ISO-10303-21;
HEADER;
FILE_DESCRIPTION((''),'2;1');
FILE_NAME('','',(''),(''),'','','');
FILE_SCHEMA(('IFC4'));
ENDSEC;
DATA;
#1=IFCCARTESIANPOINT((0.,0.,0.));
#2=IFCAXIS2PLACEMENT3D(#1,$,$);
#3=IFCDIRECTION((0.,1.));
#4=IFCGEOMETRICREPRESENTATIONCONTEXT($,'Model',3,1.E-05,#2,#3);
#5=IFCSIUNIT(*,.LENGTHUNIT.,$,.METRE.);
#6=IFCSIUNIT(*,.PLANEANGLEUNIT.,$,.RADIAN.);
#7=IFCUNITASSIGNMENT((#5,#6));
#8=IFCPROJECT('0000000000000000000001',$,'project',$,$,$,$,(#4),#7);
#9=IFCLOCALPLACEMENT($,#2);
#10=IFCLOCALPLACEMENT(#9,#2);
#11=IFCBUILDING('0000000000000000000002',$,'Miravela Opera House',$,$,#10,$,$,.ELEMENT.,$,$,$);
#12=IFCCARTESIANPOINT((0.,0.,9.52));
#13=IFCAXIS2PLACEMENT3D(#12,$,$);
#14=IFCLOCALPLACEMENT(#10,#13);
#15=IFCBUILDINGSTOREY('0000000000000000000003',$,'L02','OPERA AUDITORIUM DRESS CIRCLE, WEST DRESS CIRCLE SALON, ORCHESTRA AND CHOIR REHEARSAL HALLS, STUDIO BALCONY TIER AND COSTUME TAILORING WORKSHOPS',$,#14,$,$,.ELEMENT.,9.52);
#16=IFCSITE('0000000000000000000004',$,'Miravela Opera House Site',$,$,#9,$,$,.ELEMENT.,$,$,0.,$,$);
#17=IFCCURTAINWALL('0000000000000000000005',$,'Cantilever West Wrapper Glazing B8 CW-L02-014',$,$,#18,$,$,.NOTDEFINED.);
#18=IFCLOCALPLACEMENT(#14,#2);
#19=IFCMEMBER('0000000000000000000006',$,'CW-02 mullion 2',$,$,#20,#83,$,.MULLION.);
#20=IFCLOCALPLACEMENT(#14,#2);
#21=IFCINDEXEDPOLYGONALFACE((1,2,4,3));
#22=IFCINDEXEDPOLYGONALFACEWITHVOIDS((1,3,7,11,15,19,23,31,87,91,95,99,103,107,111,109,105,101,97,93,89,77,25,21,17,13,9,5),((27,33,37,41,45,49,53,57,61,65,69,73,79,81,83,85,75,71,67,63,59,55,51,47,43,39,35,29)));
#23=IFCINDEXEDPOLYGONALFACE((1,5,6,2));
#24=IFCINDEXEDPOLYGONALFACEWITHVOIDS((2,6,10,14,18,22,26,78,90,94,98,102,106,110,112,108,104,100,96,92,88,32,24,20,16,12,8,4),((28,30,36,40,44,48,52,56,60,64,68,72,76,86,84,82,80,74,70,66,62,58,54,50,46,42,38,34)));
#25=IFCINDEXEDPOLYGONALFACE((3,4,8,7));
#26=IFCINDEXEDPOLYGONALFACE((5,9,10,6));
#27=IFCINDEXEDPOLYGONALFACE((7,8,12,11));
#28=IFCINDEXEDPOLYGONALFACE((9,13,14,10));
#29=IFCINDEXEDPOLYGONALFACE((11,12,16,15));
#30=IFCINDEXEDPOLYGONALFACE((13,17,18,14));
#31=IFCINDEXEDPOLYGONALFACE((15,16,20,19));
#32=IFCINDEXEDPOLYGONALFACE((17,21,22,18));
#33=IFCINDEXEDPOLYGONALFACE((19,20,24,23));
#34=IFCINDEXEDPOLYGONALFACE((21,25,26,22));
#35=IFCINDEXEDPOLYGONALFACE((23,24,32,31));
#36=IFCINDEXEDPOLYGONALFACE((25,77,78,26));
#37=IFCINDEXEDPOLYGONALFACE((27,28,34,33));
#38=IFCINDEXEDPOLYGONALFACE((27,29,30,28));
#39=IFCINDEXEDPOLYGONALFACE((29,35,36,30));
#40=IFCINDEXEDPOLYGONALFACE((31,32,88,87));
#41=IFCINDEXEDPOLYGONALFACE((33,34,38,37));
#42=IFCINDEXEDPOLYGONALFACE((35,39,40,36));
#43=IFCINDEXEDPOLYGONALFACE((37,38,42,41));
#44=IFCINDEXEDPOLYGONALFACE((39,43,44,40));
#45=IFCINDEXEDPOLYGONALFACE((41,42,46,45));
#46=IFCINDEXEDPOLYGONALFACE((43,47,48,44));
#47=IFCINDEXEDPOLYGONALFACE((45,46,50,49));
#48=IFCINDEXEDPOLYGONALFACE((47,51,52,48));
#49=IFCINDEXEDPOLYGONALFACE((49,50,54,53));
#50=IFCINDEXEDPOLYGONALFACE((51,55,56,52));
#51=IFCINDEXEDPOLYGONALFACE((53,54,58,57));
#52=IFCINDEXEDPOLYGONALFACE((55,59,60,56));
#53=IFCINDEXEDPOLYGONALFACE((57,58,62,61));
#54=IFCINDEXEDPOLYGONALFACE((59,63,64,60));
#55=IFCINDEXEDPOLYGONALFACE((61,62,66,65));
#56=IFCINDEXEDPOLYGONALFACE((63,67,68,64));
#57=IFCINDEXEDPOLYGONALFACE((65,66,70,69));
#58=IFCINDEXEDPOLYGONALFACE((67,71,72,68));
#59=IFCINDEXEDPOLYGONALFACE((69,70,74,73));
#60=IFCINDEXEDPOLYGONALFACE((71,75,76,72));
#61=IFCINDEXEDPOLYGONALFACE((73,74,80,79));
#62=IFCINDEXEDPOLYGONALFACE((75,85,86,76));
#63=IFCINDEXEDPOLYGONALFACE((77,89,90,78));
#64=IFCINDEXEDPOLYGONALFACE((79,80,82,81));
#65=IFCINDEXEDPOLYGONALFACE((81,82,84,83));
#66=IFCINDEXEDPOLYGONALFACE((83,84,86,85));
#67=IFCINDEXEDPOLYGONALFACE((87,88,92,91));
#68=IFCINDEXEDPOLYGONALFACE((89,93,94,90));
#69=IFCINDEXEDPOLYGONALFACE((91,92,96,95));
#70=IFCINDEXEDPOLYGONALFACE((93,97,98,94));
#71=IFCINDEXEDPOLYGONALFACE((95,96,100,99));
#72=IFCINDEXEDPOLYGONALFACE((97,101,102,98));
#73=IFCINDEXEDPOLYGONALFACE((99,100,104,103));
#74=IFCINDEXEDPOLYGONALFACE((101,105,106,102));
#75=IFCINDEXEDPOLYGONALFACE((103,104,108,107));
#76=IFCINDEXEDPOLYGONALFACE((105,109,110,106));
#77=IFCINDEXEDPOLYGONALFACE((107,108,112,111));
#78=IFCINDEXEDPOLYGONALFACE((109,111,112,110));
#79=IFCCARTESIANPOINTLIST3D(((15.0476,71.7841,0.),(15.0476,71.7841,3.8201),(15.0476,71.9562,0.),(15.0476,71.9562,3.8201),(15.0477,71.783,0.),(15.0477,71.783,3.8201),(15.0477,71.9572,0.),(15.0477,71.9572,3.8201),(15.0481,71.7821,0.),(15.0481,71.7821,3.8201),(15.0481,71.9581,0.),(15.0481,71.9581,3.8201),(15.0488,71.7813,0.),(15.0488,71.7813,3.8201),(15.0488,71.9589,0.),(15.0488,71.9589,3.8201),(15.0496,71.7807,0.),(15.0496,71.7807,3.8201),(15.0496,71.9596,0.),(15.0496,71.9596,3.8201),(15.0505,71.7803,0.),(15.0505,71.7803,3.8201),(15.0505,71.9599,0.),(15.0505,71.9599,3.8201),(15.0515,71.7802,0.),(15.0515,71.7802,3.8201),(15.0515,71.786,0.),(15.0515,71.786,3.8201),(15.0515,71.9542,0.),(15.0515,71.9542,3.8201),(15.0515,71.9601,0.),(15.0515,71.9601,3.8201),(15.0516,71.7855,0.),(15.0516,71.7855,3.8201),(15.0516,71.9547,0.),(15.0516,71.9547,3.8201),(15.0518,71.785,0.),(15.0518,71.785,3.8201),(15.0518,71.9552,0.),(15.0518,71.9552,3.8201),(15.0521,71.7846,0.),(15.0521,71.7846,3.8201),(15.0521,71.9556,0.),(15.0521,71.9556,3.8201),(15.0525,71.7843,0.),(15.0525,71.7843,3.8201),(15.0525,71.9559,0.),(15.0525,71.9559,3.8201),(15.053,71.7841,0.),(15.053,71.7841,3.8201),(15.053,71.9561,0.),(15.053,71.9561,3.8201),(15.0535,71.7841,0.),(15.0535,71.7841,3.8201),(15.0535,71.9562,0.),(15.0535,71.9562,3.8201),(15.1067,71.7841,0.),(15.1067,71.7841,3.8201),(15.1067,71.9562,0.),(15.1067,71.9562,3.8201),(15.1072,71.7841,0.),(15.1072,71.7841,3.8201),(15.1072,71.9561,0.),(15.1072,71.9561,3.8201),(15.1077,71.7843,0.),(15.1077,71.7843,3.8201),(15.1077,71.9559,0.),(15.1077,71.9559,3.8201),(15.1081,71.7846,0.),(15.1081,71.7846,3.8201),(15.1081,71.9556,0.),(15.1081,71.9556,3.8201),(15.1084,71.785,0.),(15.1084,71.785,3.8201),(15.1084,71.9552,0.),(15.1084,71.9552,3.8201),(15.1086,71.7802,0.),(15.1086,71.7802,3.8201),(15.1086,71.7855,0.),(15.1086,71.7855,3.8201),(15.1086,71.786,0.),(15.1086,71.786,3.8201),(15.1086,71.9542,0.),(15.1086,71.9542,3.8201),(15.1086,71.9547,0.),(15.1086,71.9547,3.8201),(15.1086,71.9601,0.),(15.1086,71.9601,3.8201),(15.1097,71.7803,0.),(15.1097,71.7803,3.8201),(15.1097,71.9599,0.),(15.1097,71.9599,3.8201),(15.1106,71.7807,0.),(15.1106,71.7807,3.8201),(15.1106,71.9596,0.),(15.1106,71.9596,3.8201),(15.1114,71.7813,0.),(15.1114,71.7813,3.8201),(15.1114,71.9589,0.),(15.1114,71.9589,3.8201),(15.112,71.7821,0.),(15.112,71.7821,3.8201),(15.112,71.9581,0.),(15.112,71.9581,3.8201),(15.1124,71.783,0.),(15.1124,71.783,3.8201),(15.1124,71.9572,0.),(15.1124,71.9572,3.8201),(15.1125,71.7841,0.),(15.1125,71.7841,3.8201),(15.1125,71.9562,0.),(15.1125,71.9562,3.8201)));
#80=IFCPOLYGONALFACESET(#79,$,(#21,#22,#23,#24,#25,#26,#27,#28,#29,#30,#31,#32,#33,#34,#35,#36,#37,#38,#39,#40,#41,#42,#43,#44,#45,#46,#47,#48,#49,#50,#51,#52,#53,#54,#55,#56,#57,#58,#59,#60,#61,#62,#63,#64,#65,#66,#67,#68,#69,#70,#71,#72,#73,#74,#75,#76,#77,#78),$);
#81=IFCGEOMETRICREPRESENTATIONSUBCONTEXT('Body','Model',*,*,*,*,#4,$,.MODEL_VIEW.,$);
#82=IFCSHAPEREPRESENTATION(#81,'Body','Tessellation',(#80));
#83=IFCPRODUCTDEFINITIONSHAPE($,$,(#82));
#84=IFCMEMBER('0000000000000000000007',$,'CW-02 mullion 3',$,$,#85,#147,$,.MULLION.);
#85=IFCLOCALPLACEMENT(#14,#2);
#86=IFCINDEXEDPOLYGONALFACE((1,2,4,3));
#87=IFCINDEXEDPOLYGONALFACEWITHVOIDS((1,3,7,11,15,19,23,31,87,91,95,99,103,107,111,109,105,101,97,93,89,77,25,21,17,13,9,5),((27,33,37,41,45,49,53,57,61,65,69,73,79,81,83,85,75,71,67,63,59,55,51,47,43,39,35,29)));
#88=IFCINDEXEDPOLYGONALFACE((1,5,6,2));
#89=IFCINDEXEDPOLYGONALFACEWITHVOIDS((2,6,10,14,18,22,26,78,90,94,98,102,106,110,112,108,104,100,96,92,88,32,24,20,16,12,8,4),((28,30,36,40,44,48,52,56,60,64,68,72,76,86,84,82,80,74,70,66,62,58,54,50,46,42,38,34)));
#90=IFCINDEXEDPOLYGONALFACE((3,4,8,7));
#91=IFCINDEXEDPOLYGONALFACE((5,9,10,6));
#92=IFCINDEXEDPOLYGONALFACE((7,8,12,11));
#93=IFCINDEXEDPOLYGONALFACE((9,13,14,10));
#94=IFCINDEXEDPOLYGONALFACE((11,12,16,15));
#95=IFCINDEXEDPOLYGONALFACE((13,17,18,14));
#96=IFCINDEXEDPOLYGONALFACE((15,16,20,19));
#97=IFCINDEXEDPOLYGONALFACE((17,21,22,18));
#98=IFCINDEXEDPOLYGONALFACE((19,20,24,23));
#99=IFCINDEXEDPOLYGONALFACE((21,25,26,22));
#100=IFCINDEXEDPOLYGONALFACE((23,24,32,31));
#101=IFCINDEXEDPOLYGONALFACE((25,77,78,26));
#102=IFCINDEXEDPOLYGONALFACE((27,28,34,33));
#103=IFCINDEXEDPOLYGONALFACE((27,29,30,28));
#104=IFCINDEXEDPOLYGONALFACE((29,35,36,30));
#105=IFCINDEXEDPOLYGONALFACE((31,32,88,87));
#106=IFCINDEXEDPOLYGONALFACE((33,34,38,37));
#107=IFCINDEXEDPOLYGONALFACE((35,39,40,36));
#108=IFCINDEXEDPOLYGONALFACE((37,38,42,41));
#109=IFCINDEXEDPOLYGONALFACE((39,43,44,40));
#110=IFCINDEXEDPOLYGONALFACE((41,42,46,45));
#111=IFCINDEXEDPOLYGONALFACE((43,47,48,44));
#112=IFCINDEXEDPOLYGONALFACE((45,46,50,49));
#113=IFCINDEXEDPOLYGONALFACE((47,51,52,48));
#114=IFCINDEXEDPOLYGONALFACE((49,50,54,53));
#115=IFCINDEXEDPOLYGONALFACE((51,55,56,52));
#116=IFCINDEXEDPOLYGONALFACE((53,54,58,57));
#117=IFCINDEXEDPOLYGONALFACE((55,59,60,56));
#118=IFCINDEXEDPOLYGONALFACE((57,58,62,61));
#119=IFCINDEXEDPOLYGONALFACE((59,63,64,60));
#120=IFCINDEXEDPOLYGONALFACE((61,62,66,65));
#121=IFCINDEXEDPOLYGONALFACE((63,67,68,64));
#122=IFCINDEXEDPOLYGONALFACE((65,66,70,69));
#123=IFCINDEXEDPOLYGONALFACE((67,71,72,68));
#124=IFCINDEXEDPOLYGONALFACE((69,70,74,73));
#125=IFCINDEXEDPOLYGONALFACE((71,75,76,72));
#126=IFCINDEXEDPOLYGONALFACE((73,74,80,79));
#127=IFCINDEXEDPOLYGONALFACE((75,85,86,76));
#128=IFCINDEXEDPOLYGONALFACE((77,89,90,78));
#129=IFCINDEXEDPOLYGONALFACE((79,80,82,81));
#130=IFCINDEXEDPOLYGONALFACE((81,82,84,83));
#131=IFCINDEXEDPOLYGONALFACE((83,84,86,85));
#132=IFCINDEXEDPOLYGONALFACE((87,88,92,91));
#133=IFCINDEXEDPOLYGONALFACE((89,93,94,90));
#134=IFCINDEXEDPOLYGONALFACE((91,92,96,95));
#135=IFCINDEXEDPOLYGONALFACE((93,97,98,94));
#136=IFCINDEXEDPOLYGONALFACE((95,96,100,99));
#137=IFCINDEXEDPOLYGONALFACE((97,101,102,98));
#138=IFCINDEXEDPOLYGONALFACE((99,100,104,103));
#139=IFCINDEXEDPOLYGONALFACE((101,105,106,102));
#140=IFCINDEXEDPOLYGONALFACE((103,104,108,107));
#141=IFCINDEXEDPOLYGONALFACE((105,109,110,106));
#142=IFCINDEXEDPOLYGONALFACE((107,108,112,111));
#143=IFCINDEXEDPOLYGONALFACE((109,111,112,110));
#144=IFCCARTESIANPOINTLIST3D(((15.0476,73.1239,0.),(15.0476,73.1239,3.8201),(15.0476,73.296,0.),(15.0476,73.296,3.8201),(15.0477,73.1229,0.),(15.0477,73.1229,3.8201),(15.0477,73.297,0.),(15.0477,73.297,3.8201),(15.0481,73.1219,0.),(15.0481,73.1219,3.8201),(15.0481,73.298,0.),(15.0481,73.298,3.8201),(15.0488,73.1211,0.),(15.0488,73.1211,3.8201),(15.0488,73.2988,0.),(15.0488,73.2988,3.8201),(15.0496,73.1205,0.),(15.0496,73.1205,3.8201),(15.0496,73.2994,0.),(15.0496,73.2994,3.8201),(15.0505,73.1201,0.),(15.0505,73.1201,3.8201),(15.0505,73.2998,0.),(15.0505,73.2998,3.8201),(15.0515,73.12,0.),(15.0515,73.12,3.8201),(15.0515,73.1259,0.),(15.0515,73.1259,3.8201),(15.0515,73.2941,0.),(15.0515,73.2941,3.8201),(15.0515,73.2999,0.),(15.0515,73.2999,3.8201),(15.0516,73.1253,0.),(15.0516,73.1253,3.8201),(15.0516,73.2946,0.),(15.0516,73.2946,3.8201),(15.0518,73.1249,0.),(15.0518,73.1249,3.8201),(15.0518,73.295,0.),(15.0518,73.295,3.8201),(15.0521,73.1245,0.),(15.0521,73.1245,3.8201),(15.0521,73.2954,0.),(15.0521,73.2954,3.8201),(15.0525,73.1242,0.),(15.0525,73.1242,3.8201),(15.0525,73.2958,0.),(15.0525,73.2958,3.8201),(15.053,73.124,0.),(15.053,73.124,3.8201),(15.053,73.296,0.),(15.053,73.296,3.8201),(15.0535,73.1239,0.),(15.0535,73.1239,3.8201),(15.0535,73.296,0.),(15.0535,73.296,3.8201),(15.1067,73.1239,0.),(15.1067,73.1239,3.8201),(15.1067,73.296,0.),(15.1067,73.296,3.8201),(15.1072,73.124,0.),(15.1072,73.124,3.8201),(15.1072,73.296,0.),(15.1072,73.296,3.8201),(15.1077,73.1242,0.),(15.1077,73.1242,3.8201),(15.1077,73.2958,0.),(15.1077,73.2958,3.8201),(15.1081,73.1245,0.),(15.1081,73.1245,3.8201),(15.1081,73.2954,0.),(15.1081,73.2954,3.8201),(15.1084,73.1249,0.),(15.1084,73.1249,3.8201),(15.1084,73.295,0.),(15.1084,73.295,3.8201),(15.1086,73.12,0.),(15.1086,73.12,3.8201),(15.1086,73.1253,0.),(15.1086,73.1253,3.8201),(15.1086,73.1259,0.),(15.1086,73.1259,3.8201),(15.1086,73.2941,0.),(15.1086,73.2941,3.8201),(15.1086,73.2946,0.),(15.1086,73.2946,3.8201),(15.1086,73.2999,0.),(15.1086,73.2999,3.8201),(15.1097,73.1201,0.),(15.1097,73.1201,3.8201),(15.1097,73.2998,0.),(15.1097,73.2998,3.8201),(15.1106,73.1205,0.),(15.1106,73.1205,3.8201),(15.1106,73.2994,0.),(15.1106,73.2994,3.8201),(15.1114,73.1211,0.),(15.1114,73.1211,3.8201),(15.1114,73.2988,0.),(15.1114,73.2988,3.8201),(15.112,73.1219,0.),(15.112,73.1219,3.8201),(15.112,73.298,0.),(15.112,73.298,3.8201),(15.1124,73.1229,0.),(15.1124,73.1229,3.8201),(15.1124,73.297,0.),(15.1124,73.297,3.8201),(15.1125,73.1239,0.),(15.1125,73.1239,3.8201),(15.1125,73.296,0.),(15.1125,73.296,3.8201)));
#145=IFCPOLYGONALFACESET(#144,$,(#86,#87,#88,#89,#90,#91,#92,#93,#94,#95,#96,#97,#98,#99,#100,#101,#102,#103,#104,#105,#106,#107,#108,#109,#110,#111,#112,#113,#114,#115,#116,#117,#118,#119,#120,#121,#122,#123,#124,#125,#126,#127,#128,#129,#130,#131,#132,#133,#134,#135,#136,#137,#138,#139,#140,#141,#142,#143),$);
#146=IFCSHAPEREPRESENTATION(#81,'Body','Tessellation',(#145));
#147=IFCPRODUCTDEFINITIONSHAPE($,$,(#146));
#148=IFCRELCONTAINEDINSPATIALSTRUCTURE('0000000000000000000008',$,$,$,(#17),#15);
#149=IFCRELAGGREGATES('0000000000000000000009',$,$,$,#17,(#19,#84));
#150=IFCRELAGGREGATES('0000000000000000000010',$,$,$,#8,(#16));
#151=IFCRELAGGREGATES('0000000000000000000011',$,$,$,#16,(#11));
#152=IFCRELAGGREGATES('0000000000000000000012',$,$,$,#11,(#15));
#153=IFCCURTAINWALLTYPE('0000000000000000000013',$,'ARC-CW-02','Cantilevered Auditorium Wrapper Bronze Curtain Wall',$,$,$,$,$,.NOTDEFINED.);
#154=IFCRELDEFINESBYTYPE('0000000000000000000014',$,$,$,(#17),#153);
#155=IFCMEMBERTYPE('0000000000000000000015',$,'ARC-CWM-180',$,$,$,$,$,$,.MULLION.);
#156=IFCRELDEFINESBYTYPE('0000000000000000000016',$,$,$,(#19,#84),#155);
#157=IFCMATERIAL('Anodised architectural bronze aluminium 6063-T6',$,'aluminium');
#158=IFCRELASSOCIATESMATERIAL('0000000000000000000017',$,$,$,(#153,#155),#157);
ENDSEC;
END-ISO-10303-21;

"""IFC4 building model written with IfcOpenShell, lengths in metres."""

from ifc_helpers import new_model, si_unit, direction, frame, origin, origin_2d, place, context, subcontext, project, spatial, hollow_rectangle, extrude, material, material_profile, profile_set, type_object, element, aggregate, save


model = new_model("IFC4")

# Units and contexts
model_context = context("Model", 3, precision=1e-05, world=origin(), true_north=direction((0.0, 1.0)))
body_context = subcontext(model_context, "Body", "Model", "MODEL_VIEW")
ifc_project = project(units=[si_unit("LENGTHUNIT", "METRE"), si_unit("PLANEANGLEUNIT", "RADIAN")], contexts=[model_context])

# Site, building, storey
site_placement = place(None, origin())
site = spatial("IfcSite", under=ifc_project, at=site_placement, Name="Miravela Opera House Site", CompositionType="ELEMENT", RefElevation=0.0)
building_placement = place(site_placement, origin())
building = spatial("IfcBuilding", under=site, at=building_placement, Name="Miravela Opera House", CompositionType="ELEMENT")
storey_placement = place(building_placement, frame((0.0, 0.0, 9.52)))
storey = spatial("IfcBuildingStorey", under=building, at=storey_placement, Name="L02", Description="OPERA AUDITORIUM DRESS CIRCLE, WEST DRESS CIRCLE SALON, ORCHESTRA AND CHOIR REHEARSAL HALLS, STUDIO BALCONY TIER AND COSTUME TAILORING WORKSHOPS", CompositionType="ELEMENT", Elevation=9.52)

# Curtain wall, members
ifc_material_1 = material(Name="Anodised architectural bronze aluminium 6063-T6", Category="aluminium")
curtain_wall_type = type_object("IfcCurtainWallType", Name="ARC-CW-02", Description="Cantilevered Auditorium Wrapper Bronze Curtain Wall", PredefinedType="NOTDEFINED", material=ifc_material_1)
curtain_wall_placement = place(storey_placement, origin())
curtain_wall = element("IfcCurtainWall", 1, at=curtain_wall_placement, inside=storey, type_object=curtain_wall_type, Name="Cantilever West Wrapper Glazing B8 CW-L02-014", PredefinedType="NOTDEFINED")
ifc_material_profile_1 = material_profile(ifc_material_1, hollow_rectangle(XDim=0.0649, YDim=0.1799, WallThickness=0.0039, InnerFilletRadius=0.002, OuterFilletRadius=0.0039, at=origin_2d()), Name="CWM-65X180")
ifc_profile_set_1 = profile_set([ifc_material_profile_1])
member_type_1 = type_object("IfcMemberType", Name="ARC-CWM-180", PredefinedType="MULLION", material=ifc_profile_set_1)
member_1_placement = place(storey_placement, frame((15.0801, 71.8701, 0.0), z_axis=(0.0, 0.0, 1.0), x_axis=(-1.0, 0.0, 0.0)))
member_1 = element("IfcMember", 2, at=member_1_placement, type_object=member_type_1, Name="CW-02 mullion 2", PredefinedType="MULLION", context=body_context, shape_type="SweptSolid", body=[
    extrude(hollow_rectangle(XDim=0.0649, YDim=0.1799, WallThickness=0.0039, InnerFilletRadius=0.002, OuterFilletRadius=0.0039, at=origin_2d()), origin(), (0.0, 0.0, 1.0), 3.8201),
])
member_2_placement = place(storey_placement, frame((15.0801, 73.21, 0.0), z_axis=(0.0, 0.0, 1.0), x_axis=(-1.0, 0.0, 0.0)))
member_2 = element("IfcMember", 3, at=member_2_placement, type_object=member_type_1, Name="CW-02 mullion 3", PredefinedType="MULLION", context=body_context, shape_type="SweptSolid", body=[
    extrude(hollow_rectangle(XDim=0.0649, YDim=0.1799, WallThickness=0.0039, InnerFilletRadius=0.002, OuterFilletRadius=0.0039, at=origin_2d()), origin(), (0.0, 0.0, 1.0), 3.8201),
])

aggregate(curtain_wall, [member_1, member_2])

save(model, "model.ifc")
